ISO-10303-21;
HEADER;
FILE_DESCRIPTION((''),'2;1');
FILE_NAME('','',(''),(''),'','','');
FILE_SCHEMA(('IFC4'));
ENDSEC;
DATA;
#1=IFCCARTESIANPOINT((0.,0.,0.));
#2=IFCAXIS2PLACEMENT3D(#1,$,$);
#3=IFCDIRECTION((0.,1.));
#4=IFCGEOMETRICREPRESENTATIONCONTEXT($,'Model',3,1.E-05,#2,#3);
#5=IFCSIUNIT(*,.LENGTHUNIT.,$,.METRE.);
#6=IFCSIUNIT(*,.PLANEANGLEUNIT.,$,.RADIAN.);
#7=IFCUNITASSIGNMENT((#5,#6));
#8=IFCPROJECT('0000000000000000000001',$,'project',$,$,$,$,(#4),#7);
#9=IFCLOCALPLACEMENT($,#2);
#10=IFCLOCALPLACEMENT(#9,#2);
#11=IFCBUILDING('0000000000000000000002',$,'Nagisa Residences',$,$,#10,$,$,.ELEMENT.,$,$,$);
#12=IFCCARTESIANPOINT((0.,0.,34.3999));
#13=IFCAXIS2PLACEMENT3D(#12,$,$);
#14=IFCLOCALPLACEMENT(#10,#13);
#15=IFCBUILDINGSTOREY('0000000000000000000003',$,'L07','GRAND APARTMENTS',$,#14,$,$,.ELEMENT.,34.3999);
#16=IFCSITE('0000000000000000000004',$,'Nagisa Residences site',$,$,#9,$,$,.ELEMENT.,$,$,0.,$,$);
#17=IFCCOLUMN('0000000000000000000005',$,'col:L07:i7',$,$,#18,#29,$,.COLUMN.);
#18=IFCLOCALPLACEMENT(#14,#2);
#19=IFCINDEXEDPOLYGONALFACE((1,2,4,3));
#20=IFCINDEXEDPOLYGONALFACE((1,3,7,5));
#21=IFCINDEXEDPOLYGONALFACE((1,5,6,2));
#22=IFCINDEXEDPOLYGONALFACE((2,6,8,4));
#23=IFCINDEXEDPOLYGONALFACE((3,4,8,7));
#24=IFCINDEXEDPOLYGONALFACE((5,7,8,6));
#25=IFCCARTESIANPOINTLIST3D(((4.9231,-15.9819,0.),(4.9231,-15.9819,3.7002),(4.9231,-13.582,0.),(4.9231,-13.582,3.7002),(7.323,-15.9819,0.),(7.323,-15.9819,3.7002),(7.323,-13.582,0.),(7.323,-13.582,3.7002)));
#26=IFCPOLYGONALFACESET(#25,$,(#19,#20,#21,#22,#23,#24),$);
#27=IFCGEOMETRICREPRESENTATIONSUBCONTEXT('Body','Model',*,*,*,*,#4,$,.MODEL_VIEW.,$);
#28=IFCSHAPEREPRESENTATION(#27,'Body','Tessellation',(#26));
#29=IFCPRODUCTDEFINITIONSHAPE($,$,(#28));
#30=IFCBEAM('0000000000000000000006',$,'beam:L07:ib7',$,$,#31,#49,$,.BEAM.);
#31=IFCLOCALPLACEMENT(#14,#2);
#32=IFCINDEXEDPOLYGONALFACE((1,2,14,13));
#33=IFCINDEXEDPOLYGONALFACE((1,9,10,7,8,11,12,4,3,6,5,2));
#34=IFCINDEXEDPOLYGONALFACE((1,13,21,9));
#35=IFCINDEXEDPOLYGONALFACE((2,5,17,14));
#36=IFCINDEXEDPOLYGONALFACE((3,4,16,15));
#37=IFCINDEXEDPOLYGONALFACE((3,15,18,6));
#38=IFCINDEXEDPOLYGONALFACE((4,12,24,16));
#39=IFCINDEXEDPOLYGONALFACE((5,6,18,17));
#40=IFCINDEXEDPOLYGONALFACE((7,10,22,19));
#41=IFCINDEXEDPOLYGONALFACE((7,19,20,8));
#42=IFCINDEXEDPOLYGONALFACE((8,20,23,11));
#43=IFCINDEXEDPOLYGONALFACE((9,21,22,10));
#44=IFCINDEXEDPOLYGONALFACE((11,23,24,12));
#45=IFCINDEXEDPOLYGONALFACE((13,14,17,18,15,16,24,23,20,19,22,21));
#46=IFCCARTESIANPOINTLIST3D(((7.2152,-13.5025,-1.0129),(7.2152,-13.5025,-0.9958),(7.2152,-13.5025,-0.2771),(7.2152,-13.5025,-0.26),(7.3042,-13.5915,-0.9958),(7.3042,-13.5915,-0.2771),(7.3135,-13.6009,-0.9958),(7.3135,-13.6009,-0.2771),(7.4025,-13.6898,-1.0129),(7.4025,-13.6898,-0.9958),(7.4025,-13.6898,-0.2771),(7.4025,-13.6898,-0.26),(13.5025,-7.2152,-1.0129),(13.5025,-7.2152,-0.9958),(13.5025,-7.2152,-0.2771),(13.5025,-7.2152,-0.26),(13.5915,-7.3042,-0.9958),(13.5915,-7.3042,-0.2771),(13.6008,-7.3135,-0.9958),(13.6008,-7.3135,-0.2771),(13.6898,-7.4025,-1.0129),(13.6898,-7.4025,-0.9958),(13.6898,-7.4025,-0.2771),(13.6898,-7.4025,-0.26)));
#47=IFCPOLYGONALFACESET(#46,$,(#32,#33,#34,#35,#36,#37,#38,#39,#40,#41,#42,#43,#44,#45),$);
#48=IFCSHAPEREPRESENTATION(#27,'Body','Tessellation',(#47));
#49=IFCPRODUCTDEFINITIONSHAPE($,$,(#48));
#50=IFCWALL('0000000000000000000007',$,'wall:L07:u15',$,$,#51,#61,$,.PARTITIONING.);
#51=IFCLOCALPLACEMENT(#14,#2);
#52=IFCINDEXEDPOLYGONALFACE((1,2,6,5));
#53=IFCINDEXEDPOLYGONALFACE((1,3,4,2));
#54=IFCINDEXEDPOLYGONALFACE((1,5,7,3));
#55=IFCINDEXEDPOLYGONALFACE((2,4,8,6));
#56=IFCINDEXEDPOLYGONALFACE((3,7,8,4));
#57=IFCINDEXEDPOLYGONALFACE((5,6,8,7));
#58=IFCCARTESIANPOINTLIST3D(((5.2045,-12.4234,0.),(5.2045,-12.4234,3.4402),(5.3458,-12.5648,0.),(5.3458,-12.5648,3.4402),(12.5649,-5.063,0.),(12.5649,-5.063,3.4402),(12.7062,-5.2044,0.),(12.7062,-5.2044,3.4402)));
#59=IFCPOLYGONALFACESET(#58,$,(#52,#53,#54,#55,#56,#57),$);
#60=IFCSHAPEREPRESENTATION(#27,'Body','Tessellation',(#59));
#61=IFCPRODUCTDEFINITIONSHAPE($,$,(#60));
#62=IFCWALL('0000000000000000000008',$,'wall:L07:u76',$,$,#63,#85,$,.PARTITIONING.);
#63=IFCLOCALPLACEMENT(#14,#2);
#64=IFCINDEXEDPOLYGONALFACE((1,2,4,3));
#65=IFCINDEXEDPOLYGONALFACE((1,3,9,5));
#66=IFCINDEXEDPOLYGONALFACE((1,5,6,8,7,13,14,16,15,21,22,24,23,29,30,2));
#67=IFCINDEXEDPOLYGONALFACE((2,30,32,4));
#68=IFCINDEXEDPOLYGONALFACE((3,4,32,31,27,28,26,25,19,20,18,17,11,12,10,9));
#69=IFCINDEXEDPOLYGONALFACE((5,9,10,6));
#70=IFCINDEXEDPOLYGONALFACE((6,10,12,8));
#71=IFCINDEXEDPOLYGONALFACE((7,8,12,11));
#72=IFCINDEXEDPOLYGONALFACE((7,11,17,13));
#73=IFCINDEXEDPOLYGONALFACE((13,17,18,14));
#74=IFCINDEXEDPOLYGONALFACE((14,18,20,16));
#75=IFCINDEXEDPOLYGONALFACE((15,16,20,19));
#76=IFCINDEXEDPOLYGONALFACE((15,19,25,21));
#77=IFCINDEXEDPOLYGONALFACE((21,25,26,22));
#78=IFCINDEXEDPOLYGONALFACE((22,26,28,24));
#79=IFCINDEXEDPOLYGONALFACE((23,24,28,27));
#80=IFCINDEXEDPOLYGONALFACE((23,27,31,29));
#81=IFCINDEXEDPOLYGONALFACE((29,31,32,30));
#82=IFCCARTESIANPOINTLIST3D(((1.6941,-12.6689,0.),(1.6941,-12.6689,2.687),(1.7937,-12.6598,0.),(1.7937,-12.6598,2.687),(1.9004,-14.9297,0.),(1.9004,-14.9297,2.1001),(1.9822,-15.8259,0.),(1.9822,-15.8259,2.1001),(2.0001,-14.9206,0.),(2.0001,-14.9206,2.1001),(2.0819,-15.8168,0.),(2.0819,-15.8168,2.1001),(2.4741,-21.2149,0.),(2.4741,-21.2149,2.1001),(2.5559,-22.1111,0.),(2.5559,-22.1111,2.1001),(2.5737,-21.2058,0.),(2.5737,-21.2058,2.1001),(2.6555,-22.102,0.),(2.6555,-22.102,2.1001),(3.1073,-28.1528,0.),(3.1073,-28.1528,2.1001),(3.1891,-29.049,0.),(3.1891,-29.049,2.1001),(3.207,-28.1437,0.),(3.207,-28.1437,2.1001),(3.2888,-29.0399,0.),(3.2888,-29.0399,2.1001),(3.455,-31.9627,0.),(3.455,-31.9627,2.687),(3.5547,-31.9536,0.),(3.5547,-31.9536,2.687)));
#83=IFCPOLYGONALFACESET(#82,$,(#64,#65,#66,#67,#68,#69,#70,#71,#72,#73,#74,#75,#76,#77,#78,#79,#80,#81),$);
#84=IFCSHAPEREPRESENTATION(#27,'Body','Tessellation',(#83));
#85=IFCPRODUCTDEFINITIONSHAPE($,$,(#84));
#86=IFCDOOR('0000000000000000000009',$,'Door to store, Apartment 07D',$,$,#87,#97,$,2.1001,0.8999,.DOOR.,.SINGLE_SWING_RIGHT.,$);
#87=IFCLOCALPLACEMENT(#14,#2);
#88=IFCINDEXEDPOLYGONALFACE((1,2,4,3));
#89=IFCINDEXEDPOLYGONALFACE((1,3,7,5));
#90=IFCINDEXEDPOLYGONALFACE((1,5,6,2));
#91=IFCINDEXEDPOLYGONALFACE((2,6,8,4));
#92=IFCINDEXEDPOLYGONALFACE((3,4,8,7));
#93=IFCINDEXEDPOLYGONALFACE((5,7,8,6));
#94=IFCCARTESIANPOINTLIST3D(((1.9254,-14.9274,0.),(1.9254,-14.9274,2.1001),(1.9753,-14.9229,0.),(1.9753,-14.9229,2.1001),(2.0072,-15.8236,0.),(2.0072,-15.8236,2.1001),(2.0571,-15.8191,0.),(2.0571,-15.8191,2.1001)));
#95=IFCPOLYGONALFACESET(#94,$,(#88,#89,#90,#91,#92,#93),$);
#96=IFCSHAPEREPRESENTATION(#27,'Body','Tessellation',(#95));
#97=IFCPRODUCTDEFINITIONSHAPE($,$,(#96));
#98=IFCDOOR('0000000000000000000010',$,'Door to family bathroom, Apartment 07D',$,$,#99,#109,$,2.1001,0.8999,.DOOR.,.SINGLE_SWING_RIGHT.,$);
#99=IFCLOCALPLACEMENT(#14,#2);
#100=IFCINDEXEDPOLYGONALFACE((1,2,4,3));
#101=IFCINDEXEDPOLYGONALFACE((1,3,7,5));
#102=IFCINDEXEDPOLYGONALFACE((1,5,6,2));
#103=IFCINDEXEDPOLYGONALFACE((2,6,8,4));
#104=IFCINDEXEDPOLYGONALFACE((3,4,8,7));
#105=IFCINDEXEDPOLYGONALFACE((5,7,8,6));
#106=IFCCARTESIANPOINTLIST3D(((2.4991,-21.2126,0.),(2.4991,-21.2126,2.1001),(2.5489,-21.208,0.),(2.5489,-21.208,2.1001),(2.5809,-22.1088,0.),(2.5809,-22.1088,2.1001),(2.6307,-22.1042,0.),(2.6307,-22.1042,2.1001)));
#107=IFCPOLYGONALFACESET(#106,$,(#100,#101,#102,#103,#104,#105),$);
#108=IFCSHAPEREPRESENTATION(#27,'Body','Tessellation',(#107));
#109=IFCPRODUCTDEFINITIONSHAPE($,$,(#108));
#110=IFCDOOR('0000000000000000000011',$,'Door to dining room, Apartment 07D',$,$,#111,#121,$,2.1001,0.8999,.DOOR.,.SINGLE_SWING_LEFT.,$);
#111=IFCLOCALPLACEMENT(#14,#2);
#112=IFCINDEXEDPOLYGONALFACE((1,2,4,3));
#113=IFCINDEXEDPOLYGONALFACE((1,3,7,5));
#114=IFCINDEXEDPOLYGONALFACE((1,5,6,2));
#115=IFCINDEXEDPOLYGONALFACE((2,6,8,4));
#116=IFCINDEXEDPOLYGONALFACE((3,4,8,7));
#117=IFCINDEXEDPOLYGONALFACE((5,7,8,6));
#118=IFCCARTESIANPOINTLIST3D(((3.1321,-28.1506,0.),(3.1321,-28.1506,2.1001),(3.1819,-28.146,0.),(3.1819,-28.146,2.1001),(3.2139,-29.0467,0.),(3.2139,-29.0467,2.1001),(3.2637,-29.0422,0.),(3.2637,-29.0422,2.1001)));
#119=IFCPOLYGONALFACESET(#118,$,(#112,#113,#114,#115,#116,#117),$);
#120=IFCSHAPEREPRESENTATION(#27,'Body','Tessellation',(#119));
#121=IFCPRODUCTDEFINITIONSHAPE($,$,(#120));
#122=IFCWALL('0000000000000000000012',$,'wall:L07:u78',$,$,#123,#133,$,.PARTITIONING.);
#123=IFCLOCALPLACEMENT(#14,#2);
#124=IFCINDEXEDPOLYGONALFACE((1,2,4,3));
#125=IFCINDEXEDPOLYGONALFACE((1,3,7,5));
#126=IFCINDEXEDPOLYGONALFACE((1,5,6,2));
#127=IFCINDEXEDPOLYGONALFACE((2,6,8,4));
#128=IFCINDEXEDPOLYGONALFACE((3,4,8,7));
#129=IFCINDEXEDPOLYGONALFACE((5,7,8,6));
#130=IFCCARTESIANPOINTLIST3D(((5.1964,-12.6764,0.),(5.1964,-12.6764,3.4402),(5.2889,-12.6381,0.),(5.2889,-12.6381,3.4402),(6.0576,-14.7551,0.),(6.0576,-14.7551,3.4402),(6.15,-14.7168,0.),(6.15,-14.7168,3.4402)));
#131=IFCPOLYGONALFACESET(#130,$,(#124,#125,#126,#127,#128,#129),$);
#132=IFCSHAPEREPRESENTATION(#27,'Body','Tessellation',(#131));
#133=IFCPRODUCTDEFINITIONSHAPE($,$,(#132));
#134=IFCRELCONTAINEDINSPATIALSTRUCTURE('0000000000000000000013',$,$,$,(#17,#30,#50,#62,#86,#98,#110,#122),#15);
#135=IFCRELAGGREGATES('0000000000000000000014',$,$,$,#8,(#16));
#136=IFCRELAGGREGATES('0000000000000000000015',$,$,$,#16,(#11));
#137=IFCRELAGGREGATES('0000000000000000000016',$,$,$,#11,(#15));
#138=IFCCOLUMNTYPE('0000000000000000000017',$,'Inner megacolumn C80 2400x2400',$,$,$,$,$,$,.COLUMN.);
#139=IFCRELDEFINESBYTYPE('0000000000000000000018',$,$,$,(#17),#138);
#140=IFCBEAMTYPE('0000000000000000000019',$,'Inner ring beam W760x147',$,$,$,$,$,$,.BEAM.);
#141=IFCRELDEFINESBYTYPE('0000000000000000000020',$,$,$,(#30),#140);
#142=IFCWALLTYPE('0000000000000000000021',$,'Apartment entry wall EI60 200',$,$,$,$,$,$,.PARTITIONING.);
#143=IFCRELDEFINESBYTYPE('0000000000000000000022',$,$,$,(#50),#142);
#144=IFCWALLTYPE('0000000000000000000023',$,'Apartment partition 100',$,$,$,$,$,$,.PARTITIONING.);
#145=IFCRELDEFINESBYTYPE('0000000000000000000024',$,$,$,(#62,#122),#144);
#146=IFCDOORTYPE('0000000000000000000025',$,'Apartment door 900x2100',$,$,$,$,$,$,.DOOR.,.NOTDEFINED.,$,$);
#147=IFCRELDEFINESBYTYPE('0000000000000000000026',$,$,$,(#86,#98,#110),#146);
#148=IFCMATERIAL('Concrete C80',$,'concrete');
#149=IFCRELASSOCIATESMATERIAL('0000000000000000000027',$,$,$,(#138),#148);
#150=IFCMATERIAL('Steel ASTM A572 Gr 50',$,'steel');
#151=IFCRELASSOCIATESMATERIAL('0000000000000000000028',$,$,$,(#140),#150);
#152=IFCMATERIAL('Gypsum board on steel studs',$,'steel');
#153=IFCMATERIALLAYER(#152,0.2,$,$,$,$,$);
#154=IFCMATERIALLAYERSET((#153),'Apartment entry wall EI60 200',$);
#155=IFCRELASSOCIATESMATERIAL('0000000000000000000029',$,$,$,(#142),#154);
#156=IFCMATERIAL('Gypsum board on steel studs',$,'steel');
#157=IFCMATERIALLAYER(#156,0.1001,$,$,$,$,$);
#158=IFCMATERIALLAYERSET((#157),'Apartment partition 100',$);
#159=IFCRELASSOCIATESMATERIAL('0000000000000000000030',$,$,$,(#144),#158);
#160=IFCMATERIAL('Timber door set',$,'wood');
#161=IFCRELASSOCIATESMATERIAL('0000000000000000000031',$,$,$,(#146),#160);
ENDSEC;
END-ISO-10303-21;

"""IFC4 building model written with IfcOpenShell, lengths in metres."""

from ifc_helpers import new_model, si_unit, direction, frame, frame_2d, origin, origin_2d, place, context, subcontext, project, spatial, rectangle, i_section, extrude, material, layer, layer_set, material_profile, profile_set, type_object, element, fill, save


model = new_model("IFC4")

# Units and contexts
model_context = context("Model", 3, precision=1e-05, world=origin(), true_north=direction((0.0, 1.0)))
body_context = subcontext(model_context, "Body", "Model", "MODEL_VIEW")
ifc_project = project(units=[si_unit("LENGTHUNIT", "METRE"), si_unit("PLANEANGLEUNIT", "RADIAN")], contexts=[model_context])

# Site, building, storey
site_placement = place(None, origin())
site = spatial("IfcSite", under=ifc_project, at=site_placement, Name="Nagisa Residences site", CompositionType="ELEMENT", RefElevation=0.0)
building_placement = place(site_placement, origin())
building = spatial("IfcBuilding", under=site, at=building_placement, Name="Nagisa Residences", CompositionType="ELEMENT")
storey_placement = place(building_placement, frame((0.0, 0.0, 34.3999)))
storey = spatial("IfcBuildingStorey", under=building, at=storey_placement, Name="L07", Description="GRAND APARTMENTS", CompositionType="ELEMENT", Elevation=34.3999)

# Column
ifc_material_1 = material(Name="Concrete C80", Category="concrete")
ifc_material_profile_1 = material_profile(ifc_material_1, rectangle(XDim=2.3999, YDim=2.3999, at=origin_2d()), Name="C80 2400x2400")
ifc_profile_set_1 = profile_set([ifc_material_profile_1], Name="Concrete C80")
column_type = type_object("IfcColumnType", Name="Inner megacolumn C80 2400x2400", PredefinedType="COLUMN", material=ifc_profile_set_1)
column_placement = place(storey_placement, frame((6.123, -14.782, 0.0), z_axis=(0.0, 0.0, 1.0), x_axis=(1.0, 0.0, 0.0)))
element("IfcColumn", 1, at=column_placement, inside=storey, type_object=column_type, Name="col:L07:i7", PredefinedType="COLUMN", context=body_context, shape_type="SweptSolid", body=[
    extrude(rectangle(XDim=2.3999, YDim=2.3999, at=origin_2d()), origin(), (0.0, 0.0, 1.0), 3.7002),
])

# Beam
ifc_material_2 = material(Name="Steel ASTM A572 Gr 50", Category="steel")
ifc_material_profile_2 = material_profile(ifc_material_2, i_section(OverallWidth=0.2649, OverallDepth=0.7529, WebThickness=0.0132, FlangeThickness=0.0171, at=origin_2d()), Name="W760x147")
ifc_profile_set_2 = profile_set([ifc_material_profile_2], Name="Steel ASTM A572 Gr 50")
beam_type = type_object("IfcBeamType", Name="Inner ring beam W760x147", PredefinedType="BEAM", material=ifc_profile_set_2)
beam_placement = place(storey_placement, frame((7.3088, -13.5962, -0.6365), z_axis=(0.707107, 0.707107, 0.0), x_axis=(-0.707107, 0.707107, 0.0)))
element("IfcBeam", 2, at=beam_placement, inside=storey, type_object=beam_type, Name="beam:L07:ib7", PredefinedType="BEAM", context=body_context, shape_type="SweptSolid", body=[
    extrude(i_section(OverallWidth=0.2649, OverallDepth=0.7529, WebThickness=0.0132, FlangeThickness=0.0171, at=origin_2d()), origin(), (0.0, 0.0, 1.0), 8.8916),
])

# Wall
ifc_material_3 = material(Name="Gypsum board on steel studs", Category="steel")
ifc_layer_1 = layer(ifc_material_3, 0.2)
ifc_layer_set_1 = layer_set([ifc_layer_1], Name="Apartment entry wall EI60 200")
wall_type_1 = type_object("IfcWallType", Name="Apartment entry wall EI60 200", PredefinedType="PARTITIONING", material=ifc_layer_set_1)
wall_1_placement = place(storey_placement, frame((5.2751, -12.4941, 0.0), z_axis=(0.0, 0.0, 1.0), x_axis=(0.707107, 0.707107, 0.0)))
element("IfcWall", 3, at=wall_1_placement, inside=storey, type_object=wall_type_1, Name="wall:L07:u15", PredefinedType="PARTITIONING", context=body_context, shape_type="SweptSolid", body=[
    extrude(rectangle(XDim=10.4092, YDim=0.2, at=frame_2d((5.2046, 0.0))), origin(), (0.0, 0.0, 1.0), 3.4402),
])

# Wall, openings, doors
ifc_material_4 = material(Name="Gypsum board on steel studs", Category="steel")
ifc_layer_2 = layer(ifc_material_4, 0.1001)
ifc_layer_set_2 = layer_set([ifc_layer_2], Name="Apartment partition 100")
wall_type_2 = type_object("IfcWallType", Name="Apartment partition 100", PredefinedType="PARTITIONING", material=ifc_layer_set_2)
wall_2_placement = place(storey_placement, frame((1.7439, -12.6643, 0.0), z_axis=(0.0, 0.0, 1.0), x_axis=(0.090894, -0.995861, 0.0)))
wall_2 = element("IfcWall", 4, at=wall_2_placement, inside=storey, type_object=wall_type_2, Name="wall:L07:u76", PredefinedType="PARTITIONING", context=body_context, shape_type="SweptSolid", body=[
    extrude(rectangle(XDim=19.374, YDim=0.1001, at=frame_2d((9.687, 0.0))), origin(), (0.0, 0.0, 1.0), 2.687),
])
opening_1_placement = place(wall_2_placement, frame((2.2703, 0.0, 0.0)))
opening_1 = element("IfcOpeningElement", 5, at=opening_1_placement, cuts=wall_2, PredefinedType="OPENING", context=body_context, shape_type="SweptSolid", body=[
    extrude(rectangle(XDim=0.8999, YDim=2.1001, at=frame_2d((0.45, 1.05))), frame((0.0, 0.0601, 0.0), z_axis=(0.0, -1.0, 0.0), x_axis=(1.0, 0.0, 0.0)), (0.0, 0.0, 1.0), 0.1201),
])
opening_2_placement = place(wall_2_placement, frame((8.5815, 0.0, 0.0)))
opening_2 = element("IfcOpeningElement", 6, at=opening_2_placement, cuts=wall_2, PredefinedType="OPENING", context=body_context, shape_type="SweptSolid", body=[
    extrude(rectangle(XDim=0.8999, YDim=2.1001, at=frame_2d((0.45, 1.05))), frame((0.0, 0.0601, 0.0), z_axis=(0.0, -1.0, 0.0), x_axis=(1.0, 0.0, 0.0)), (0.0, 0.0, 1.0), 0.1201),
])
opening_3_placement = place(wall_2_placement, frame((15.5483, 0.0, 0.0)))
opening_3 = element("IfcOpeningElement", 7, at=opening_3_placement, cuts=wall_2, PredefinedType="OPENING", context=body_context, shape_type="SweptSolid", body=[
    extrude(rectangle(XDim=0.8999, YDim=2.1001, at=frame_2d((0.45, 1.05))), frame((0.0, 0.0601, 0.0), z_axis=(0.0, -1.0, 0.0), x_axis=(1.0, 0.0, 0.0)), (0.0, 0.0, 1.0), 0.1201),
])
ifc_material_5 = material(Name="Timber door set", Category="wood")
door_type_1 = type_object("IfcDoorType", Name="Apartment door 900x2100", OperationType="NOTDEFINED", PredefinedType="DOOR", material=ifc_material_5)
door_1_placement = place(opening_1_placement, frame((0.8999, 0.0, 0.0), x_axis=(-1.0, 0.0, 0.0)))
door_1 = element("IfcDoor", 8, at=door_1_placement, inside=storey, type_object=door_type_1, Name="Door to store, Apartment 07D", OperationType="SINGLE_SWING_RIGHT", OverallHeight=2.1001, OverallWidth=0.8999, PredefinedType="DOOR", context=body_context, shape_type="SweptSolid", body=[
    extrude(rectangle(XDim=0.8999, YDim=2.1001, at=frame_2d((0.45, 1.05))), frame((0.0, 0.0249, 0.0), z_axis=(0.0, -1.0, 0.0), x_axis=(1.0, 0.0, 0.0)), (0.0, 0.0, 1.0), 0.05),
])
fill(opening_1, door_1)
door_2_placement = place(opening_2_placement, frame((0.8999, 0.0, 0.0), x_axis=(-1.0, 0.0, 0.0)))
door_2 = element("IfcDoor", 9, at=door_2_placement, inside=storey, type_object=door_type_1, Name="Door to family bathroom, Apartment 07D", OperationType="SINGLE_SWING_RIGHT", OverallHeight=2.1001, OverallWidth=0.8999, PredefinedType="DOOR", context=body_context, shape_type="SweptSolid", body=[
    extrude(rectangle(XDim=0.8999, YDim=2.1001, at=frame_2d((0.45, 1.05))), frame((0.0, 0.0249, 0.0), z_axis=(0.0, -1.0, 0.0), x_axis=(1.0, 0.0, 0.0)), (0.0, 0.0, 1.0), 0.05),
])
fill(opening_2, door_2)
door_3_placement = place(opening_3_placement, origin())
door_3 = element("IfcDoor", 10, at=door_3_placement, inside=storey, type_object=door_type_1, Name="Door to dining room, Apartment 07D", OperationType="SINGLE_SWING_LEFT", OverallHeight=2.1001, OverallWidth=0.8999, PredefinedType="DOOR", context=body_context, shape_type="SweptSolid", body=[
    extrude(rectangle(XDim=0.8999, YDim=2.1001, at=frame_2d((0.45, 1.05))), frame((0.0, 0.0249, 0.0), z_axis=(0.0, -1.0, 0.0), x_axis=(1.0, 0.0, 0.0)), (0.0, 0.0, 1.0), 0.05),
])
fill(opening_3, door_3)

# Wall
wall_3_placement = place(storey_placement, frame((5.2427, -12.6572, 0.0), z_axis=(0.0, 0.0, 1.0), x_axis=(0.382719, -0.923865, 0.0)))
element("IfcWall", 11, at=wall_3_placement, inside=storey, type_object=wall_type_2, Name="wall:L07:u78", PredefinedType="PARTITIONING", context=body_context, shape_type="SweptSolid", body=[
    extrude(rectangle(XDim=2.25, YDim=0.1001, at=frame_2d((1.125, 0.0))), origin(), (0.0, 0.0, 1.0), 3.4402),
])

save(model, "model.ifc")
